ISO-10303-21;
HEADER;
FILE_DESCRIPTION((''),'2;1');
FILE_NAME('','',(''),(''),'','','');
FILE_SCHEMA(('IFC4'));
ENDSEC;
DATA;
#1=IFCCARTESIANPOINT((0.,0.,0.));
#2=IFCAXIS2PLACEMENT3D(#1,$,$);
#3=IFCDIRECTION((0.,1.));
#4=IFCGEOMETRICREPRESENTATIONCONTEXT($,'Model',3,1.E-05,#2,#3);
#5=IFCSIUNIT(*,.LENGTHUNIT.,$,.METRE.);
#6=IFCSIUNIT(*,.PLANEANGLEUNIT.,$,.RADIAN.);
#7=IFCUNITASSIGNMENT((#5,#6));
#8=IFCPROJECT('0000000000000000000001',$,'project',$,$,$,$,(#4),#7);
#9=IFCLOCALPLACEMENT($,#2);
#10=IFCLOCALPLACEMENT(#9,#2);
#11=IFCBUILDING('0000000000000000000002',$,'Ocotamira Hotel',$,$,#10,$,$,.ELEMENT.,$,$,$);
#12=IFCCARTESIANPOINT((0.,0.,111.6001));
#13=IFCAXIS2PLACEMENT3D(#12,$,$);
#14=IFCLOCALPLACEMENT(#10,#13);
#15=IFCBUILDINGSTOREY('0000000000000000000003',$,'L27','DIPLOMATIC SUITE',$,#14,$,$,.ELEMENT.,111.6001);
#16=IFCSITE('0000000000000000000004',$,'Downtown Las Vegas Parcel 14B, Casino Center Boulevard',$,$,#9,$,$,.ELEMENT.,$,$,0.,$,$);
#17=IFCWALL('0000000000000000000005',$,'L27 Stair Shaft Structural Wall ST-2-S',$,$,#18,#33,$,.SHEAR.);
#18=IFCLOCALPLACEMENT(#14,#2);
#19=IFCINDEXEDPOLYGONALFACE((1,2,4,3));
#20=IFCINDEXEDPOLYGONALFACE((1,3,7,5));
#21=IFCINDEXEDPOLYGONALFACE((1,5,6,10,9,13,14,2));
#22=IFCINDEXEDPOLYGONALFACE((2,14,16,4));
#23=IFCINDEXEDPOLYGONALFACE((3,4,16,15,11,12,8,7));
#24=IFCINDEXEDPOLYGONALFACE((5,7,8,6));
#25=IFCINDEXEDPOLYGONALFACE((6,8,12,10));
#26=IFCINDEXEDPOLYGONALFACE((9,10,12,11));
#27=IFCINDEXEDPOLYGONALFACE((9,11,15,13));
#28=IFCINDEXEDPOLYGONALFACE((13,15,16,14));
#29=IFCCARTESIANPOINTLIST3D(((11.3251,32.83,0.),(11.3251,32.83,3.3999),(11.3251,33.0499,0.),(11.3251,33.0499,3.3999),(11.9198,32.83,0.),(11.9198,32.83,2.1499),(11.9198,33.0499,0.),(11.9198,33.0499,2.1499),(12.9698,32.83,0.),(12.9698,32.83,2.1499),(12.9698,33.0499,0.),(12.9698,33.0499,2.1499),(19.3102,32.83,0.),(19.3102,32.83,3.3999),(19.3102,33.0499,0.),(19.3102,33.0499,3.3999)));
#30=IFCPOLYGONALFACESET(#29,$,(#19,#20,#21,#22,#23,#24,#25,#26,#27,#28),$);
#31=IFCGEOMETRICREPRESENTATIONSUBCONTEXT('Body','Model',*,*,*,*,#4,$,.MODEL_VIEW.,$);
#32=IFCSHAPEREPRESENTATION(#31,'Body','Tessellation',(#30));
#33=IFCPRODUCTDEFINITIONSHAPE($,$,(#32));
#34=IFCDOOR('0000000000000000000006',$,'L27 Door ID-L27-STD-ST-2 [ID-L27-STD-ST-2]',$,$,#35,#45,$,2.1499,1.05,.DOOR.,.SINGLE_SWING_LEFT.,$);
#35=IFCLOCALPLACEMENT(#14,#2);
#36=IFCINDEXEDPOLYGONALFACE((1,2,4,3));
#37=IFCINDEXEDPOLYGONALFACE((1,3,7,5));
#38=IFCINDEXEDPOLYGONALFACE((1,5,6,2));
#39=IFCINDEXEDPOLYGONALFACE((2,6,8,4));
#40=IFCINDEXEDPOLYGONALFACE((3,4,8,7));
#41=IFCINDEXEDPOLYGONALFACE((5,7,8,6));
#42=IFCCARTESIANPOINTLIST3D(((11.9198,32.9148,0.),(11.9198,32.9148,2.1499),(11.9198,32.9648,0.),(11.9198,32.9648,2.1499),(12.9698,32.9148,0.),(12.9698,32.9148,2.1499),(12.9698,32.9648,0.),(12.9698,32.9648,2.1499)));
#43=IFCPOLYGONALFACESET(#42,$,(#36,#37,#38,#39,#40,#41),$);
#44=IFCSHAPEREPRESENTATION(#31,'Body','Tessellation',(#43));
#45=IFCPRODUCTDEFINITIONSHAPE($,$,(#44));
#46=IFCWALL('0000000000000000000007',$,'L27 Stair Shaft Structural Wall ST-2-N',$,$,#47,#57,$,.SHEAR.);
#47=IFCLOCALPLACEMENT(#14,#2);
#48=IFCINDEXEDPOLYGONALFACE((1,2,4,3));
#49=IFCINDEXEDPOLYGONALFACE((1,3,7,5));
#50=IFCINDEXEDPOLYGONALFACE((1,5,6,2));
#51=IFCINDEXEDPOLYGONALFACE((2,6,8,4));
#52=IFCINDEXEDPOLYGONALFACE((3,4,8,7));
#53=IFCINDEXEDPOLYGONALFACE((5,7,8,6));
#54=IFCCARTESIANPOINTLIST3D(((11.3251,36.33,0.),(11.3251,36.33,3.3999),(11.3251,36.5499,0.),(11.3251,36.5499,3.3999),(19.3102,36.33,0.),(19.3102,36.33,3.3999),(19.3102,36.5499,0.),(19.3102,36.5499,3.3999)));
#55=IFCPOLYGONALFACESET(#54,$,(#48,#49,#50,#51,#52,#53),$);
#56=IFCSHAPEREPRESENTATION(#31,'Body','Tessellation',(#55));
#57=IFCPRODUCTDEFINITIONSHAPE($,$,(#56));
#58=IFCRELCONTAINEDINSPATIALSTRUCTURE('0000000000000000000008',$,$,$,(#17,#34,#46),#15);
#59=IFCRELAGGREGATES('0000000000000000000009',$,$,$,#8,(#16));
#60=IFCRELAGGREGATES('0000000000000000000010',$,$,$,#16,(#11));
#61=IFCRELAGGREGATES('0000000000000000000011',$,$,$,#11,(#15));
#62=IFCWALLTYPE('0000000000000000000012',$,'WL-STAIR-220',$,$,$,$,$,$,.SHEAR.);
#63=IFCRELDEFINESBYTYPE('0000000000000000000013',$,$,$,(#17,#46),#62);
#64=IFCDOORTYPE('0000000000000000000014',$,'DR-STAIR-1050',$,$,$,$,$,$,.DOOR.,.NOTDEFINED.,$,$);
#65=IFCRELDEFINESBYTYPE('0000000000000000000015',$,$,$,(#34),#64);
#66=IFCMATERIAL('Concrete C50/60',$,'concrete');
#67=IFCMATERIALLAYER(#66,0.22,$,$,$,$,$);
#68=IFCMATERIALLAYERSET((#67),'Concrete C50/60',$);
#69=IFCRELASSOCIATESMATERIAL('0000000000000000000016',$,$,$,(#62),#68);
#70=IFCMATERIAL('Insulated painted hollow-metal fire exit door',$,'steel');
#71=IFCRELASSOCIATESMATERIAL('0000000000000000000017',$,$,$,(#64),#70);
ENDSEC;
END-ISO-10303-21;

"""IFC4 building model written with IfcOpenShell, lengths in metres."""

from ifc_helpers import new_model, si_unit, direction, frame, frame_2d, origin, place, context, subcontext, project, spatial, rectangle, extrude, source, transform, mapped, material, layer, layer_set, type_object, element, fill, save


model = new_model("IFC4")

# Units and contexts
model_context = context("Model", 3, precision=1e-05, world=origin(), true_north=direction((0.0, 1.0)))
body_context = subcontext(model_context, "Body", "Model", "MODEL_VIEW")
ifc_project = project(units=[si_unit("LENGTHUNIT", "METRE"), si_unit("PLANEANGLEUNIT", "RADIAN")], contexts=[model_context])

# Site, building, storey
site_placement = place(None, origin())
site = spatial("IfcSite", under=ifc_project, at=site_placement, Name="Downtown Las Vegas Parcel 14B, Casino Center Boulevard", CompositionType="ELEMENT", RefElevation=0.0)
building_placement = place(site_placement, origin())
building = spatial("IfcBuilding", under=site, at=building_placement, Name="Ocotamira Hotel", CompositionType="ELEMENT")
storey_placement = place(building_placement, frame((0.0, 0.0, 111.6001)))
storey = spatial("IfcBuildingStorey", under=building, at=storey_placement, Name="L27", Description="DIPLOMATIC SUITE", CompositionType="ELEMENT", Elevation=111.6001)

# Wall, opening, door
ifc_material_1 = material(Name="Concrete C50/60", Category="concrete")
ifc_layer_1 = layer(ifc_material_1, 0.22)
ifc_layer_set_1 = layer_set([ifc_layer_1], Name="Concrete C50/60")
wall_type_1 = type_object("IfcWallType", Name="WL-STAIR-220", PredefinedType="SHEAR", material=ifc_layer_set_1)
wall_1_placement = place(storey_placement, frame((11.325, 32.9399, 0.0), z_axis=(0.0, 0.0, 1.0), x_axis=(1.0, 0.0, 0.0)))
wall_1 = element("IfcWall", 1, at=wall_1_placement, inside=storey, type_object=wall_type_1, Name="L27 Stair Shaft Structural Wall ST-2-S", PredefinedType="SHEAR", context=body_context, shape_type="SweptSolid", body=[
    extrude(rectangle(XDim=7.9851, YDim=0.22, at=frame_2d((3.9927, 0.0))), origin(), (0.0, 0.0, 1.0), 3.3999),
])
opening_1_placement = place(wall_1_placement, frame((0.595, 0.0, 0.0)))
opening_1 = element("IfcOpeningElement", 2, at=opening_1_placement, cuts=wall_1, PredefinedType="OPENING", context=body_context, shape_type="SweptSolid", body=[
    extrude(rectangle(XDim=1.05, YDim=2.1499, at=frame_2d((0.5249, 1.075))), frame((0.0, 0.1201, 0.0), z_axis=(0.0, -1.0, 0.0), x_axis=(1.0, 0.0, 0.0)), (0.0, 0.0, 1.0), 0.24),
])
ifc_material_2 = material(Name="Insulated painted hollow-metal fire exit door", Category="steel")
door_type_1 = type_object("IfcDoorType", Name="DR-STAIR-1050", OperationType="NOTDEFINED", PredefinedType="DOOR", material=ifc_material_2)
shared_shape_1 = source(origin(), body_context, "Body", "SweptSolid", [
    extrude(rectangle(XDim=1.05, YDim=2.1499, at=frame_2d((0.5249, 1.075))), frame((0.0, 0.0249, 0.0), z_axis=(0.0, -1.0, 0.0), x_axis=(1.0, 0.0, 0.0)), (0.0, 0.0, 1.0), 0.05),
])
door_1_placement = place(opening_1_placement, origin())
door_1 = element("IfcDoor", 3, at=door_1_placement, inside=storey, type_object=door_type_1, Name="L27 Door ID-L27-STD-ST-2 [ID-L27-STD-ST-2]", OperationType="SINGLE_SWING_LEFT", OverallHeight=2.1499, OverallWidth=1.05, PredefinedType="DOOR", context=body_context, shape_type="MappedRepresentation", body=[
    mapped(shared_shape_1, transform((0.0, 0.0, 0.0), scale=1.0)),
])
fill(opening_1, door_1)

# Wall
wall_2_placement = place(storey_placement, frame((11.325, 36.4399, 0.0), z_axis=(0.0, 0.0, 1.0), x_axis=(1.0, 0.0, 0.0)))
element("IfcWall", 4, at=wall_2_placement, inside=storey, type_object=wall_type_1, Name="L27 Stair Shaft Structural Wall ST-2-N", PredefinedType="SHEAR", context=body_context, shape_type="SweptSolid", body=[
    extrude(rectangle(XDim=7.9851, YDim=0.22, at=frame_2d((3.9927, 0.0))), origin(), (0.0, 0.0, 1.0), 3.3999),
])

save(model, "model.ifc")
